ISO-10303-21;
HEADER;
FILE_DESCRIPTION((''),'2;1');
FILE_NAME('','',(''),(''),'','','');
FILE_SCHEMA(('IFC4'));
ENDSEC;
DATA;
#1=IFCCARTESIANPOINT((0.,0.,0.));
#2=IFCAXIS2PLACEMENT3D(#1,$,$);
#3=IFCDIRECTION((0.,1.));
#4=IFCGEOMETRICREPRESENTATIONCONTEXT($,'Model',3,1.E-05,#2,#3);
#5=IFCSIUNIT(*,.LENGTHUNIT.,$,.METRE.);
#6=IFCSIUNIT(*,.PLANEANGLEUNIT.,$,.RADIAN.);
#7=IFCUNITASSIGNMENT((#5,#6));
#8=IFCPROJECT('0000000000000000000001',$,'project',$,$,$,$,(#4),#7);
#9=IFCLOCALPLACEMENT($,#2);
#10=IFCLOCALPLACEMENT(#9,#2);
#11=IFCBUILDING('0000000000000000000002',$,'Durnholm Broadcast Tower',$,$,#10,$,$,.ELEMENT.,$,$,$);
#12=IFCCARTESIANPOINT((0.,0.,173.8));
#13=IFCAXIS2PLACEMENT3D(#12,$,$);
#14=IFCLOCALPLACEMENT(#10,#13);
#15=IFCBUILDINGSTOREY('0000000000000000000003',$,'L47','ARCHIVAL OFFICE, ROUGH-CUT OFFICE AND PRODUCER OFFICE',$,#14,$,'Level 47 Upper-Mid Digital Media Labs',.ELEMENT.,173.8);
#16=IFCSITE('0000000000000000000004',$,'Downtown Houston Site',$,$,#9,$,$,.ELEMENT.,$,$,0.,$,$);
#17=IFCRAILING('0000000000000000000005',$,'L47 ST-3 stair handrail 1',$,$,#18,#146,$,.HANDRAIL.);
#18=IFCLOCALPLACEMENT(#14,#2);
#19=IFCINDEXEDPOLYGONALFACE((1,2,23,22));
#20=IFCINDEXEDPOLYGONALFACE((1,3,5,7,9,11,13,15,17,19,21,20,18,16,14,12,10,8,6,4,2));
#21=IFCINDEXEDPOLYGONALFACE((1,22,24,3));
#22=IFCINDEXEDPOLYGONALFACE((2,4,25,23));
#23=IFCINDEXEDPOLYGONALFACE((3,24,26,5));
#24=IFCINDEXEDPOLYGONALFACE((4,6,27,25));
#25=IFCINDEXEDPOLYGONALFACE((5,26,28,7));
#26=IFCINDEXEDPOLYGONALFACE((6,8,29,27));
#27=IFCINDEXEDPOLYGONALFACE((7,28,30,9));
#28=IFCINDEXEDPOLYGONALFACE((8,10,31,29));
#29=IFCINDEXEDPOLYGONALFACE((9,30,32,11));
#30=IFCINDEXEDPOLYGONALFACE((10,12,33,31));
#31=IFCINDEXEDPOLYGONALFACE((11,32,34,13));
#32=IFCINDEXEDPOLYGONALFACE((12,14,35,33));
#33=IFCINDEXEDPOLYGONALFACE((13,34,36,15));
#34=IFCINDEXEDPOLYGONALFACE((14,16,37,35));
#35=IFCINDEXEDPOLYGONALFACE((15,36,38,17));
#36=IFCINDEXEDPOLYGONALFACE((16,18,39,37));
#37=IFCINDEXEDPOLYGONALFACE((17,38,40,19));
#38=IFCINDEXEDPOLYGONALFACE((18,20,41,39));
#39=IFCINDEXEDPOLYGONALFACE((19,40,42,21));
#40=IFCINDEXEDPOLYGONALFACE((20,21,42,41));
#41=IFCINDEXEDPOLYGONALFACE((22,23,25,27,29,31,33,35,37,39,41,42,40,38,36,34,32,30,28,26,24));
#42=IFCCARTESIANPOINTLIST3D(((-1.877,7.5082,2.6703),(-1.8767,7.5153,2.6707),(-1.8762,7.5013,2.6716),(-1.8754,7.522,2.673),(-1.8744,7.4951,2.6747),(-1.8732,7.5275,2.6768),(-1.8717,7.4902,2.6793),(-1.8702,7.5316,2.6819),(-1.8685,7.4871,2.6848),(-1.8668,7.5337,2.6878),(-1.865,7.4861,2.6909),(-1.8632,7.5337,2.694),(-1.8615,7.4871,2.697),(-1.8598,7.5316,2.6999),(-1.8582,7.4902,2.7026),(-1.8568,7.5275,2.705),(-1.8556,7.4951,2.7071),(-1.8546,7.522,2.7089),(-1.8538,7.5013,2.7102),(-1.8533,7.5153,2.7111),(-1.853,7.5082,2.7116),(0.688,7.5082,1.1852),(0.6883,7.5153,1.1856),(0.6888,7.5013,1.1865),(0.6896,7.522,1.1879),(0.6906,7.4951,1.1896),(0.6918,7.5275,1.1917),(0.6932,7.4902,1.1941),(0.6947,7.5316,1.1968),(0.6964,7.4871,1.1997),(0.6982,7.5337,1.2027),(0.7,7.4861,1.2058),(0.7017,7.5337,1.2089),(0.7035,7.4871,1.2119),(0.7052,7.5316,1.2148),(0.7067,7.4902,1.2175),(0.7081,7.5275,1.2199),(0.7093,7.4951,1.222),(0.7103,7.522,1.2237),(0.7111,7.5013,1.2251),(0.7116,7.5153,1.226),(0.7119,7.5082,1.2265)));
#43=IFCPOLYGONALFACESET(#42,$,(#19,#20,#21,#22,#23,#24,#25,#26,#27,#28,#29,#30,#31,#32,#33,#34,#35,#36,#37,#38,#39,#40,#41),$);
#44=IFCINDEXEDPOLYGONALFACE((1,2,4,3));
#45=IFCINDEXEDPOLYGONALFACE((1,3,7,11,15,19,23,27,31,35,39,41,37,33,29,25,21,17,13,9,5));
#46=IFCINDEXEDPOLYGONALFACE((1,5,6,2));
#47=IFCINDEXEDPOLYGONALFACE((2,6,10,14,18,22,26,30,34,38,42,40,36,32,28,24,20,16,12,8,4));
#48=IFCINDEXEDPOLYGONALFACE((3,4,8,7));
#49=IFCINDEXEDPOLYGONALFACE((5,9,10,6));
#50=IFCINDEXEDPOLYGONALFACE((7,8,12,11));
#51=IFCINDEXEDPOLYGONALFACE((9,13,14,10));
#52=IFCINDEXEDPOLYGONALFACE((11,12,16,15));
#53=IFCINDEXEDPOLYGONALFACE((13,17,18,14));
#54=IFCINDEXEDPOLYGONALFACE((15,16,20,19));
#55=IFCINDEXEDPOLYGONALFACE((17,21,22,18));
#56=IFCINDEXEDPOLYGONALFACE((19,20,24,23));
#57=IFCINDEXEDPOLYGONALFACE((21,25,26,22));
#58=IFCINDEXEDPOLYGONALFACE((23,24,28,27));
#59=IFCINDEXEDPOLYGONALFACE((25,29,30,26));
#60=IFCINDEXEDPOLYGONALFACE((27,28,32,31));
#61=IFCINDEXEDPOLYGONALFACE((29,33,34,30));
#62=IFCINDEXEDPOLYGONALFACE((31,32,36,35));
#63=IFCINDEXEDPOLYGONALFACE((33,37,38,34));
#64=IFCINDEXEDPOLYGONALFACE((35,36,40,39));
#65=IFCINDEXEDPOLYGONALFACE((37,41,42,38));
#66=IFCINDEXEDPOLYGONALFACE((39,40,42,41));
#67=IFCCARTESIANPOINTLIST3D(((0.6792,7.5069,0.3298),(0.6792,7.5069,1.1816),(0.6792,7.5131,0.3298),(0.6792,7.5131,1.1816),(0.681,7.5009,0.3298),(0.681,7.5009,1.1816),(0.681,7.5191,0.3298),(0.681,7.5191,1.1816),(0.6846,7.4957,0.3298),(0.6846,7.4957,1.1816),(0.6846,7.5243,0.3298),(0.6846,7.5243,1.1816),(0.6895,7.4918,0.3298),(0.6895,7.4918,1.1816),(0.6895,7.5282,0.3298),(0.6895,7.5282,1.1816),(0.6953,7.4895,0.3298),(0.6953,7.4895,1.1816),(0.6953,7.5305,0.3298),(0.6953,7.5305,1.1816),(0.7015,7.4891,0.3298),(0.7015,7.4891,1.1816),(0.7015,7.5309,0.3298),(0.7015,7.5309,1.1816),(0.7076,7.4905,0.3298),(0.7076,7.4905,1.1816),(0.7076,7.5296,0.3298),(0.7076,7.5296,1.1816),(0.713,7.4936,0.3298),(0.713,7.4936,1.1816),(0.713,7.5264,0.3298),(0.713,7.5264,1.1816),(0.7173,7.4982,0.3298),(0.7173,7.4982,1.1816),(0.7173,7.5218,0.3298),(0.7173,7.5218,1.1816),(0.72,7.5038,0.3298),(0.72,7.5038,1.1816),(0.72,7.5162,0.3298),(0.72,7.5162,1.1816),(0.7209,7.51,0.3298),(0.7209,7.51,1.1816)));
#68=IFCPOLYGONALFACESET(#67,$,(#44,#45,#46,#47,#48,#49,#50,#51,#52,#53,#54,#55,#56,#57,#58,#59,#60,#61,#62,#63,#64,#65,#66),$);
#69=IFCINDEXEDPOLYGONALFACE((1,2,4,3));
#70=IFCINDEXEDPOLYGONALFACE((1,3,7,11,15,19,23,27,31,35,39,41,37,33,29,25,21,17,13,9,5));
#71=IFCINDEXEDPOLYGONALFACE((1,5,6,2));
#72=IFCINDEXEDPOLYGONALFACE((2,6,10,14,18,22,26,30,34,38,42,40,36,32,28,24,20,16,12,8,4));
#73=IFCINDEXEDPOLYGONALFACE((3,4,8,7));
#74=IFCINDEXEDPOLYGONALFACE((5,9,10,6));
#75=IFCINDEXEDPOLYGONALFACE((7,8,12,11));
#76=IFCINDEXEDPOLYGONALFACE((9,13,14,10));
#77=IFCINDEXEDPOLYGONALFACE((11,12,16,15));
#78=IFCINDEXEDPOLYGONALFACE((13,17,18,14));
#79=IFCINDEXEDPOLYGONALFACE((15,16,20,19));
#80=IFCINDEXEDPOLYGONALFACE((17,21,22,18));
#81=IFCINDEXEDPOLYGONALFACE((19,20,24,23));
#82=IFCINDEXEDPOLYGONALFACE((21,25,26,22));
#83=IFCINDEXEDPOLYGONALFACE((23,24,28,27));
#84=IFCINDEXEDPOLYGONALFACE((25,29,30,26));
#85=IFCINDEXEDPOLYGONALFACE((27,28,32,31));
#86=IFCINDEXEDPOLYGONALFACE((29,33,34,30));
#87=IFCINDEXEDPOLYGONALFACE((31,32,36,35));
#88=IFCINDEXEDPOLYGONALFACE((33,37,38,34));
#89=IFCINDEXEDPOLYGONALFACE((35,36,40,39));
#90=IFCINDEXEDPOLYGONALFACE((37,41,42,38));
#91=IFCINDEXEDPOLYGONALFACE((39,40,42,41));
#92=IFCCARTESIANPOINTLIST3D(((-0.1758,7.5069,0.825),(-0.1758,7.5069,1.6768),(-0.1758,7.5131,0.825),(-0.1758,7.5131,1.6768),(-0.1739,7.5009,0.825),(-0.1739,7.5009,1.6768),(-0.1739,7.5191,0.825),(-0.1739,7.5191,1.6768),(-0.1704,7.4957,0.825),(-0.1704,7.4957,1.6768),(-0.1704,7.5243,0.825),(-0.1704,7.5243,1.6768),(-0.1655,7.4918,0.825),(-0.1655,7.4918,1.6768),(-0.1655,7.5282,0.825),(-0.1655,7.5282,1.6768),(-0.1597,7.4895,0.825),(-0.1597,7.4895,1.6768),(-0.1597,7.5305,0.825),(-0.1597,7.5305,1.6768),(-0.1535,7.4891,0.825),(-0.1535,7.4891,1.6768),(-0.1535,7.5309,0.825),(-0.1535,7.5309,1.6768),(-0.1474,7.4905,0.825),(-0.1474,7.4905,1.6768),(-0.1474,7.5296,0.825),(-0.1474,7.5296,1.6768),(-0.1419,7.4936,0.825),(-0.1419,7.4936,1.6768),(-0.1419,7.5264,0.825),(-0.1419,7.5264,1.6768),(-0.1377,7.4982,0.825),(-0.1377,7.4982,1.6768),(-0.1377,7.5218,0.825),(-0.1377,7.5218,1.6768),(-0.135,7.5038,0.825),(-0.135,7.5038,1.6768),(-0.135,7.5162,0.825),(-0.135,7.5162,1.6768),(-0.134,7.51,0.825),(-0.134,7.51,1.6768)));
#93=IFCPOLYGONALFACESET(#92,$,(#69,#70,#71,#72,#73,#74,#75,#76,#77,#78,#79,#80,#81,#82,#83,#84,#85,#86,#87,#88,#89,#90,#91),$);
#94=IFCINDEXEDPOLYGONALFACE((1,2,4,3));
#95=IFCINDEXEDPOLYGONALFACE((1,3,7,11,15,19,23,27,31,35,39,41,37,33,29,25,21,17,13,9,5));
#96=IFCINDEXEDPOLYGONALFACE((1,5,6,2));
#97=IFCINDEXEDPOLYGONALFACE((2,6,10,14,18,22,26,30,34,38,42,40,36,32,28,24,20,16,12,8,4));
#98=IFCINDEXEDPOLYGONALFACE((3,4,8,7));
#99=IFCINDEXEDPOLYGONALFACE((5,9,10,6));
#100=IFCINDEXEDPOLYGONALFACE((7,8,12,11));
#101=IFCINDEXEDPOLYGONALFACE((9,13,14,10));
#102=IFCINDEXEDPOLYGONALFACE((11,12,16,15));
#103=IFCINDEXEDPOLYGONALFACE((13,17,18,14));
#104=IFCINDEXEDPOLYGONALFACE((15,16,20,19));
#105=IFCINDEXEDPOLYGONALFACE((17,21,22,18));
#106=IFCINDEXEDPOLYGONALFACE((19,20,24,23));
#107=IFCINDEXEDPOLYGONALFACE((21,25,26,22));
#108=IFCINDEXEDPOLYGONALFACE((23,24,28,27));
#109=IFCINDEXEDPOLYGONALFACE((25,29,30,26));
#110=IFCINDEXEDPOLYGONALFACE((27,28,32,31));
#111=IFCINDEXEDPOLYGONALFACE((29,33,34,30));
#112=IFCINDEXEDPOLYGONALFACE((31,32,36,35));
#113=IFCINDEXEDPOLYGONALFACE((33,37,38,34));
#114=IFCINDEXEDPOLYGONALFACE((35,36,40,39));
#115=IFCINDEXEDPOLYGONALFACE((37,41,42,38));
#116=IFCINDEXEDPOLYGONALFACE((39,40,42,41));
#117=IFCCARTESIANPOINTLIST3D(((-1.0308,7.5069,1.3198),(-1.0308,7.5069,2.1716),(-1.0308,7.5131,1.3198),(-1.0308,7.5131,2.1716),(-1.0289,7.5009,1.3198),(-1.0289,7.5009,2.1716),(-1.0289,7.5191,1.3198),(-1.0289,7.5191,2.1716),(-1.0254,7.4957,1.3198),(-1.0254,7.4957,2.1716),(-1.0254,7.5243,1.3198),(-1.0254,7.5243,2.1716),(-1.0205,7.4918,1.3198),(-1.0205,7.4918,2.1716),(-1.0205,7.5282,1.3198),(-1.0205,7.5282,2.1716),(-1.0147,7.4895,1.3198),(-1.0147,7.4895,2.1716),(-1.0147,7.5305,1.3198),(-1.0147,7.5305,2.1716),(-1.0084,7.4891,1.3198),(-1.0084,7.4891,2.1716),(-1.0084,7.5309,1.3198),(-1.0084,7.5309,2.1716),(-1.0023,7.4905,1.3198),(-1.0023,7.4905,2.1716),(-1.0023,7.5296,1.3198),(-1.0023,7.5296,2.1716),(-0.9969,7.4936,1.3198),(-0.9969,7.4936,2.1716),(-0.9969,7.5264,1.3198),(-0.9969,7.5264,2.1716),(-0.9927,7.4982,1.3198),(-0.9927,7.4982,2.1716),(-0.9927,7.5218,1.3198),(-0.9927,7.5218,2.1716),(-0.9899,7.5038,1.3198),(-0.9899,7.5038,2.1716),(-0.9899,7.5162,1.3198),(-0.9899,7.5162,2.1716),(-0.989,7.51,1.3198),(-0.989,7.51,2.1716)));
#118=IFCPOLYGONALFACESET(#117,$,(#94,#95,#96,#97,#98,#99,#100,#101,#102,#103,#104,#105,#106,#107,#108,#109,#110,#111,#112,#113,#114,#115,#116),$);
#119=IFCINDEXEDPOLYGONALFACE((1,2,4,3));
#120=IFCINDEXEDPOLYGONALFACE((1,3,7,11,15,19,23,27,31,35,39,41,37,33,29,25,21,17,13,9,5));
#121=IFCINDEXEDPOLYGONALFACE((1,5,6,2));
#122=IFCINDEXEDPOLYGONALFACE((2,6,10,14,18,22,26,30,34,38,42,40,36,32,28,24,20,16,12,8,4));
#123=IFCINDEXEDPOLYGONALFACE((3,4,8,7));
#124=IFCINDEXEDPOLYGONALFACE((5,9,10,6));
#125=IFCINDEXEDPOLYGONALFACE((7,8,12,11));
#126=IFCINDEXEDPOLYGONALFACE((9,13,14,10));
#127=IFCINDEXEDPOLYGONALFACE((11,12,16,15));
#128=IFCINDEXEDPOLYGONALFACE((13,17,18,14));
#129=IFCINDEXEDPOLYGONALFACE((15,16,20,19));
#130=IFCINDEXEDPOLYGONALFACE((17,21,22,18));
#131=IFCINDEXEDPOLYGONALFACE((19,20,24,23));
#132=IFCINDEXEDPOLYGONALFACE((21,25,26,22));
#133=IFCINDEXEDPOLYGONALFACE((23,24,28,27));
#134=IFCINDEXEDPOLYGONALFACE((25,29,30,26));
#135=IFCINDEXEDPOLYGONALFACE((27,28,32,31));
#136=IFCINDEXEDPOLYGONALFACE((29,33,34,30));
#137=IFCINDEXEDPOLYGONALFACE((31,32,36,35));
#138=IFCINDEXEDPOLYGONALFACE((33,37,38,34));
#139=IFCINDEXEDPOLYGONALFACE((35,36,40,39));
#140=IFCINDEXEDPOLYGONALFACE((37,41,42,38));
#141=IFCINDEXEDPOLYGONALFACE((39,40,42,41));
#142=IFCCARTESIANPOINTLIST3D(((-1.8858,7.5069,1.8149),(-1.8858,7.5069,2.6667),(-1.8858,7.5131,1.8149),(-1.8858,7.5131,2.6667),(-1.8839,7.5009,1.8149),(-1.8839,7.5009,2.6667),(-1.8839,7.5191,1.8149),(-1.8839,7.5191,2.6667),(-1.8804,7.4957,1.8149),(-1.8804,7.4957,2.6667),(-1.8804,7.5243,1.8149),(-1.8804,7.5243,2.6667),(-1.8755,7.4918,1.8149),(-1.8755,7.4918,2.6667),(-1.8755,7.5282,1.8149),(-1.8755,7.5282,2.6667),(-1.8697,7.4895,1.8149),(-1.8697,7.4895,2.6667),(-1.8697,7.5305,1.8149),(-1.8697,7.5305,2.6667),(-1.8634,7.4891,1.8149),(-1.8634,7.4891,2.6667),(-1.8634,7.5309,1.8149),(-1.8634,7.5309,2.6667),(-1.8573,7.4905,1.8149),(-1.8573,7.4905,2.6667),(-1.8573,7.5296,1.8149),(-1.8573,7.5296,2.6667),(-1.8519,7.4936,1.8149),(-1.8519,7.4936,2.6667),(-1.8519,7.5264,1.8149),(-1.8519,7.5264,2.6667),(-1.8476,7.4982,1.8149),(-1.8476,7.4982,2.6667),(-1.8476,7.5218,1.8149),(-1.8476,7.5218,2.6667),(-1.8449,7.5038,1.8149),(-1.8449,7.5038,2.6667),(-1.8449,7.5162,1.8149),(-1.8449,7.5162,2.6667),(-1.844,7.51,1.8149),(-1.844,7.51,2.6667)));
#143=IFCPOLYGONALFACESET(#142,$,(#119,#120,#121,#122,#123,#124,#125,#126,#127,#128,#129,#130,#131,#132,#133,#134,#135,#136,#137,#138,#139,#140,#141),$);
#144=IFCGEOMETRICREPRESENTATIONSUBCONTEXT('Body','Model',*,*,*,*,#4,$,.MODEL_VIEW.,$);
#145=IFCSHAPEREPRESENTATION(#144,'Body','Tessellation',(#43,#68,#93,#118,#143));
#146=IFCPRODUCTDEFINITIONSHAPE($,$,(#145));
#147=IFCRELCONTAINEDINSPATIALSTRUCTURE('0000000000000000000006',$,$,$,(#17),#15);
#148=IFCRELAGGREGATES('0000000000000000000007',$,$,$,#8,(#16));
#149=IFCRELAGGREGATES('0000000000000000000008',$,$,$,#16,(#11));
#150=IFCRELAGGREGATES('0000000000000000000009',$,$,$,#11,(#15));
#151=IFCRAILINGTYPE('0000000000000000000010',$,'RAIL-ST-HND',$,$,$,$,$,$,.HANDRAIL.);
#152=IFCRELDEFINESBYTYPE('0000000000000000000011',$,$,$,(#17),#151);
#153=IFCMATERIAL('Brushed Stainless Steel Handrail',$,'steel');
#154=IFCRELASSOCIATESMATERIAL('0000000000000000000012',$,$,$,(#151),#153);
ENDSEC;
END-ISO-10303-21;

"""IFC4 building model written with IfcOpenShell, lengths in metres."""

from ifc_helpers import new_model, si_unit, direction, frame, origin, origin_2d, place, context, subcontext, project, spatial, circle, extrude, material, type_object, element, save


model = new_model("IFC4")

# Units and contexts
model_context = context("Model", 3, precision=1e-05, world=origin(), true_north=direction((0.0, 1.0)))
body_context = subcontext(model_context, "Body", "Model", "MODEL_VIEW")
ifc_project = project(units=[si_unit("LENGTHUNIT", "METRE"), si_unit("PLANEANGLEUNIT", "RADIAN")], contexts=[model_context])

# Site, building, storey
site_placement = place(None, origin())
site = spatial("IfcSite", under=ifc_project, at=site_placement, Name="Downtown Houston Site", CompositionType="ELEMENT", RefElevation=0.0)
building_placement = place(site_placement, origin())
building = spatial("IfcBuilding", under=site, at=building_placement, Name="Durnholm Broadcast Tower", CompositionType="ELEMENT")
storey_placement = place(building_placement, frame((0.0, 0.0, 173.8)))
storey = spatial("IfcBuildingStorey", under=building, at=storey_placement, Name="L47", Description="ARCHIVAL OFFICE, ROUGH-CUT OFFICE AND PRODUCER OFFICE", LongName="Level 47 Upper-Mid Digital Media Labs", CompositionType="ELEMENT", Elevation=173.8)

# Railing
ifc_material_1 = material(Name="Brushed Stainless Steel Handrail", Category="steel")
railing_type_1 = type_object("IfcRailingType", Name="RAIL-ST-HND", PredefinedType="HANDRAIL", material=ifc_material_1)
railing_1_placement = place(storey_placement, frame((0.7, 7.51, 0.3298)))
element("IfcRailing", 1, at=railing_1_placement, inside=storey, type_object=railing_type_1, Name="L47 ST-3 stair handrail 1", PredefinedType="HANDRAIL", context=body_context, shape_type="SweptSolid", body=[
    extrude(circle(Radius=0.0239, at=origin_2d()), frame((0.0, 0.0, 0.876), z_axis=(-0.865406, 0.0, 0.501072), x_axis=(0.0, -1.0, 0.0)), (0.0, 0.0, 1.0), 2.9639),
    extrude(circle(Radius=0.021, at=origin_2d()), origin(), (0.0, 0.0, 1.0), 0.8518),
    extrude(circle(Radius=0.021, at=origin_2d()), frame((-0.855, 0.0, 0.4951)), (0.0, 0.0, 1.0), 0.8518),
    extrude(circle(Radius=0.021, at=origin_2d()), frame((-1.71, 0.0, 0.99)), (0.0, 0.0, 1.0), 0.8518),
    extrude(circle(Radius=0.021, at=origin_2d()), frame((-2.5649, 0.0, 1.4851)), (0.0, 0.0, 1.0), 0.8518),
])

save(model, "model.ifc")
